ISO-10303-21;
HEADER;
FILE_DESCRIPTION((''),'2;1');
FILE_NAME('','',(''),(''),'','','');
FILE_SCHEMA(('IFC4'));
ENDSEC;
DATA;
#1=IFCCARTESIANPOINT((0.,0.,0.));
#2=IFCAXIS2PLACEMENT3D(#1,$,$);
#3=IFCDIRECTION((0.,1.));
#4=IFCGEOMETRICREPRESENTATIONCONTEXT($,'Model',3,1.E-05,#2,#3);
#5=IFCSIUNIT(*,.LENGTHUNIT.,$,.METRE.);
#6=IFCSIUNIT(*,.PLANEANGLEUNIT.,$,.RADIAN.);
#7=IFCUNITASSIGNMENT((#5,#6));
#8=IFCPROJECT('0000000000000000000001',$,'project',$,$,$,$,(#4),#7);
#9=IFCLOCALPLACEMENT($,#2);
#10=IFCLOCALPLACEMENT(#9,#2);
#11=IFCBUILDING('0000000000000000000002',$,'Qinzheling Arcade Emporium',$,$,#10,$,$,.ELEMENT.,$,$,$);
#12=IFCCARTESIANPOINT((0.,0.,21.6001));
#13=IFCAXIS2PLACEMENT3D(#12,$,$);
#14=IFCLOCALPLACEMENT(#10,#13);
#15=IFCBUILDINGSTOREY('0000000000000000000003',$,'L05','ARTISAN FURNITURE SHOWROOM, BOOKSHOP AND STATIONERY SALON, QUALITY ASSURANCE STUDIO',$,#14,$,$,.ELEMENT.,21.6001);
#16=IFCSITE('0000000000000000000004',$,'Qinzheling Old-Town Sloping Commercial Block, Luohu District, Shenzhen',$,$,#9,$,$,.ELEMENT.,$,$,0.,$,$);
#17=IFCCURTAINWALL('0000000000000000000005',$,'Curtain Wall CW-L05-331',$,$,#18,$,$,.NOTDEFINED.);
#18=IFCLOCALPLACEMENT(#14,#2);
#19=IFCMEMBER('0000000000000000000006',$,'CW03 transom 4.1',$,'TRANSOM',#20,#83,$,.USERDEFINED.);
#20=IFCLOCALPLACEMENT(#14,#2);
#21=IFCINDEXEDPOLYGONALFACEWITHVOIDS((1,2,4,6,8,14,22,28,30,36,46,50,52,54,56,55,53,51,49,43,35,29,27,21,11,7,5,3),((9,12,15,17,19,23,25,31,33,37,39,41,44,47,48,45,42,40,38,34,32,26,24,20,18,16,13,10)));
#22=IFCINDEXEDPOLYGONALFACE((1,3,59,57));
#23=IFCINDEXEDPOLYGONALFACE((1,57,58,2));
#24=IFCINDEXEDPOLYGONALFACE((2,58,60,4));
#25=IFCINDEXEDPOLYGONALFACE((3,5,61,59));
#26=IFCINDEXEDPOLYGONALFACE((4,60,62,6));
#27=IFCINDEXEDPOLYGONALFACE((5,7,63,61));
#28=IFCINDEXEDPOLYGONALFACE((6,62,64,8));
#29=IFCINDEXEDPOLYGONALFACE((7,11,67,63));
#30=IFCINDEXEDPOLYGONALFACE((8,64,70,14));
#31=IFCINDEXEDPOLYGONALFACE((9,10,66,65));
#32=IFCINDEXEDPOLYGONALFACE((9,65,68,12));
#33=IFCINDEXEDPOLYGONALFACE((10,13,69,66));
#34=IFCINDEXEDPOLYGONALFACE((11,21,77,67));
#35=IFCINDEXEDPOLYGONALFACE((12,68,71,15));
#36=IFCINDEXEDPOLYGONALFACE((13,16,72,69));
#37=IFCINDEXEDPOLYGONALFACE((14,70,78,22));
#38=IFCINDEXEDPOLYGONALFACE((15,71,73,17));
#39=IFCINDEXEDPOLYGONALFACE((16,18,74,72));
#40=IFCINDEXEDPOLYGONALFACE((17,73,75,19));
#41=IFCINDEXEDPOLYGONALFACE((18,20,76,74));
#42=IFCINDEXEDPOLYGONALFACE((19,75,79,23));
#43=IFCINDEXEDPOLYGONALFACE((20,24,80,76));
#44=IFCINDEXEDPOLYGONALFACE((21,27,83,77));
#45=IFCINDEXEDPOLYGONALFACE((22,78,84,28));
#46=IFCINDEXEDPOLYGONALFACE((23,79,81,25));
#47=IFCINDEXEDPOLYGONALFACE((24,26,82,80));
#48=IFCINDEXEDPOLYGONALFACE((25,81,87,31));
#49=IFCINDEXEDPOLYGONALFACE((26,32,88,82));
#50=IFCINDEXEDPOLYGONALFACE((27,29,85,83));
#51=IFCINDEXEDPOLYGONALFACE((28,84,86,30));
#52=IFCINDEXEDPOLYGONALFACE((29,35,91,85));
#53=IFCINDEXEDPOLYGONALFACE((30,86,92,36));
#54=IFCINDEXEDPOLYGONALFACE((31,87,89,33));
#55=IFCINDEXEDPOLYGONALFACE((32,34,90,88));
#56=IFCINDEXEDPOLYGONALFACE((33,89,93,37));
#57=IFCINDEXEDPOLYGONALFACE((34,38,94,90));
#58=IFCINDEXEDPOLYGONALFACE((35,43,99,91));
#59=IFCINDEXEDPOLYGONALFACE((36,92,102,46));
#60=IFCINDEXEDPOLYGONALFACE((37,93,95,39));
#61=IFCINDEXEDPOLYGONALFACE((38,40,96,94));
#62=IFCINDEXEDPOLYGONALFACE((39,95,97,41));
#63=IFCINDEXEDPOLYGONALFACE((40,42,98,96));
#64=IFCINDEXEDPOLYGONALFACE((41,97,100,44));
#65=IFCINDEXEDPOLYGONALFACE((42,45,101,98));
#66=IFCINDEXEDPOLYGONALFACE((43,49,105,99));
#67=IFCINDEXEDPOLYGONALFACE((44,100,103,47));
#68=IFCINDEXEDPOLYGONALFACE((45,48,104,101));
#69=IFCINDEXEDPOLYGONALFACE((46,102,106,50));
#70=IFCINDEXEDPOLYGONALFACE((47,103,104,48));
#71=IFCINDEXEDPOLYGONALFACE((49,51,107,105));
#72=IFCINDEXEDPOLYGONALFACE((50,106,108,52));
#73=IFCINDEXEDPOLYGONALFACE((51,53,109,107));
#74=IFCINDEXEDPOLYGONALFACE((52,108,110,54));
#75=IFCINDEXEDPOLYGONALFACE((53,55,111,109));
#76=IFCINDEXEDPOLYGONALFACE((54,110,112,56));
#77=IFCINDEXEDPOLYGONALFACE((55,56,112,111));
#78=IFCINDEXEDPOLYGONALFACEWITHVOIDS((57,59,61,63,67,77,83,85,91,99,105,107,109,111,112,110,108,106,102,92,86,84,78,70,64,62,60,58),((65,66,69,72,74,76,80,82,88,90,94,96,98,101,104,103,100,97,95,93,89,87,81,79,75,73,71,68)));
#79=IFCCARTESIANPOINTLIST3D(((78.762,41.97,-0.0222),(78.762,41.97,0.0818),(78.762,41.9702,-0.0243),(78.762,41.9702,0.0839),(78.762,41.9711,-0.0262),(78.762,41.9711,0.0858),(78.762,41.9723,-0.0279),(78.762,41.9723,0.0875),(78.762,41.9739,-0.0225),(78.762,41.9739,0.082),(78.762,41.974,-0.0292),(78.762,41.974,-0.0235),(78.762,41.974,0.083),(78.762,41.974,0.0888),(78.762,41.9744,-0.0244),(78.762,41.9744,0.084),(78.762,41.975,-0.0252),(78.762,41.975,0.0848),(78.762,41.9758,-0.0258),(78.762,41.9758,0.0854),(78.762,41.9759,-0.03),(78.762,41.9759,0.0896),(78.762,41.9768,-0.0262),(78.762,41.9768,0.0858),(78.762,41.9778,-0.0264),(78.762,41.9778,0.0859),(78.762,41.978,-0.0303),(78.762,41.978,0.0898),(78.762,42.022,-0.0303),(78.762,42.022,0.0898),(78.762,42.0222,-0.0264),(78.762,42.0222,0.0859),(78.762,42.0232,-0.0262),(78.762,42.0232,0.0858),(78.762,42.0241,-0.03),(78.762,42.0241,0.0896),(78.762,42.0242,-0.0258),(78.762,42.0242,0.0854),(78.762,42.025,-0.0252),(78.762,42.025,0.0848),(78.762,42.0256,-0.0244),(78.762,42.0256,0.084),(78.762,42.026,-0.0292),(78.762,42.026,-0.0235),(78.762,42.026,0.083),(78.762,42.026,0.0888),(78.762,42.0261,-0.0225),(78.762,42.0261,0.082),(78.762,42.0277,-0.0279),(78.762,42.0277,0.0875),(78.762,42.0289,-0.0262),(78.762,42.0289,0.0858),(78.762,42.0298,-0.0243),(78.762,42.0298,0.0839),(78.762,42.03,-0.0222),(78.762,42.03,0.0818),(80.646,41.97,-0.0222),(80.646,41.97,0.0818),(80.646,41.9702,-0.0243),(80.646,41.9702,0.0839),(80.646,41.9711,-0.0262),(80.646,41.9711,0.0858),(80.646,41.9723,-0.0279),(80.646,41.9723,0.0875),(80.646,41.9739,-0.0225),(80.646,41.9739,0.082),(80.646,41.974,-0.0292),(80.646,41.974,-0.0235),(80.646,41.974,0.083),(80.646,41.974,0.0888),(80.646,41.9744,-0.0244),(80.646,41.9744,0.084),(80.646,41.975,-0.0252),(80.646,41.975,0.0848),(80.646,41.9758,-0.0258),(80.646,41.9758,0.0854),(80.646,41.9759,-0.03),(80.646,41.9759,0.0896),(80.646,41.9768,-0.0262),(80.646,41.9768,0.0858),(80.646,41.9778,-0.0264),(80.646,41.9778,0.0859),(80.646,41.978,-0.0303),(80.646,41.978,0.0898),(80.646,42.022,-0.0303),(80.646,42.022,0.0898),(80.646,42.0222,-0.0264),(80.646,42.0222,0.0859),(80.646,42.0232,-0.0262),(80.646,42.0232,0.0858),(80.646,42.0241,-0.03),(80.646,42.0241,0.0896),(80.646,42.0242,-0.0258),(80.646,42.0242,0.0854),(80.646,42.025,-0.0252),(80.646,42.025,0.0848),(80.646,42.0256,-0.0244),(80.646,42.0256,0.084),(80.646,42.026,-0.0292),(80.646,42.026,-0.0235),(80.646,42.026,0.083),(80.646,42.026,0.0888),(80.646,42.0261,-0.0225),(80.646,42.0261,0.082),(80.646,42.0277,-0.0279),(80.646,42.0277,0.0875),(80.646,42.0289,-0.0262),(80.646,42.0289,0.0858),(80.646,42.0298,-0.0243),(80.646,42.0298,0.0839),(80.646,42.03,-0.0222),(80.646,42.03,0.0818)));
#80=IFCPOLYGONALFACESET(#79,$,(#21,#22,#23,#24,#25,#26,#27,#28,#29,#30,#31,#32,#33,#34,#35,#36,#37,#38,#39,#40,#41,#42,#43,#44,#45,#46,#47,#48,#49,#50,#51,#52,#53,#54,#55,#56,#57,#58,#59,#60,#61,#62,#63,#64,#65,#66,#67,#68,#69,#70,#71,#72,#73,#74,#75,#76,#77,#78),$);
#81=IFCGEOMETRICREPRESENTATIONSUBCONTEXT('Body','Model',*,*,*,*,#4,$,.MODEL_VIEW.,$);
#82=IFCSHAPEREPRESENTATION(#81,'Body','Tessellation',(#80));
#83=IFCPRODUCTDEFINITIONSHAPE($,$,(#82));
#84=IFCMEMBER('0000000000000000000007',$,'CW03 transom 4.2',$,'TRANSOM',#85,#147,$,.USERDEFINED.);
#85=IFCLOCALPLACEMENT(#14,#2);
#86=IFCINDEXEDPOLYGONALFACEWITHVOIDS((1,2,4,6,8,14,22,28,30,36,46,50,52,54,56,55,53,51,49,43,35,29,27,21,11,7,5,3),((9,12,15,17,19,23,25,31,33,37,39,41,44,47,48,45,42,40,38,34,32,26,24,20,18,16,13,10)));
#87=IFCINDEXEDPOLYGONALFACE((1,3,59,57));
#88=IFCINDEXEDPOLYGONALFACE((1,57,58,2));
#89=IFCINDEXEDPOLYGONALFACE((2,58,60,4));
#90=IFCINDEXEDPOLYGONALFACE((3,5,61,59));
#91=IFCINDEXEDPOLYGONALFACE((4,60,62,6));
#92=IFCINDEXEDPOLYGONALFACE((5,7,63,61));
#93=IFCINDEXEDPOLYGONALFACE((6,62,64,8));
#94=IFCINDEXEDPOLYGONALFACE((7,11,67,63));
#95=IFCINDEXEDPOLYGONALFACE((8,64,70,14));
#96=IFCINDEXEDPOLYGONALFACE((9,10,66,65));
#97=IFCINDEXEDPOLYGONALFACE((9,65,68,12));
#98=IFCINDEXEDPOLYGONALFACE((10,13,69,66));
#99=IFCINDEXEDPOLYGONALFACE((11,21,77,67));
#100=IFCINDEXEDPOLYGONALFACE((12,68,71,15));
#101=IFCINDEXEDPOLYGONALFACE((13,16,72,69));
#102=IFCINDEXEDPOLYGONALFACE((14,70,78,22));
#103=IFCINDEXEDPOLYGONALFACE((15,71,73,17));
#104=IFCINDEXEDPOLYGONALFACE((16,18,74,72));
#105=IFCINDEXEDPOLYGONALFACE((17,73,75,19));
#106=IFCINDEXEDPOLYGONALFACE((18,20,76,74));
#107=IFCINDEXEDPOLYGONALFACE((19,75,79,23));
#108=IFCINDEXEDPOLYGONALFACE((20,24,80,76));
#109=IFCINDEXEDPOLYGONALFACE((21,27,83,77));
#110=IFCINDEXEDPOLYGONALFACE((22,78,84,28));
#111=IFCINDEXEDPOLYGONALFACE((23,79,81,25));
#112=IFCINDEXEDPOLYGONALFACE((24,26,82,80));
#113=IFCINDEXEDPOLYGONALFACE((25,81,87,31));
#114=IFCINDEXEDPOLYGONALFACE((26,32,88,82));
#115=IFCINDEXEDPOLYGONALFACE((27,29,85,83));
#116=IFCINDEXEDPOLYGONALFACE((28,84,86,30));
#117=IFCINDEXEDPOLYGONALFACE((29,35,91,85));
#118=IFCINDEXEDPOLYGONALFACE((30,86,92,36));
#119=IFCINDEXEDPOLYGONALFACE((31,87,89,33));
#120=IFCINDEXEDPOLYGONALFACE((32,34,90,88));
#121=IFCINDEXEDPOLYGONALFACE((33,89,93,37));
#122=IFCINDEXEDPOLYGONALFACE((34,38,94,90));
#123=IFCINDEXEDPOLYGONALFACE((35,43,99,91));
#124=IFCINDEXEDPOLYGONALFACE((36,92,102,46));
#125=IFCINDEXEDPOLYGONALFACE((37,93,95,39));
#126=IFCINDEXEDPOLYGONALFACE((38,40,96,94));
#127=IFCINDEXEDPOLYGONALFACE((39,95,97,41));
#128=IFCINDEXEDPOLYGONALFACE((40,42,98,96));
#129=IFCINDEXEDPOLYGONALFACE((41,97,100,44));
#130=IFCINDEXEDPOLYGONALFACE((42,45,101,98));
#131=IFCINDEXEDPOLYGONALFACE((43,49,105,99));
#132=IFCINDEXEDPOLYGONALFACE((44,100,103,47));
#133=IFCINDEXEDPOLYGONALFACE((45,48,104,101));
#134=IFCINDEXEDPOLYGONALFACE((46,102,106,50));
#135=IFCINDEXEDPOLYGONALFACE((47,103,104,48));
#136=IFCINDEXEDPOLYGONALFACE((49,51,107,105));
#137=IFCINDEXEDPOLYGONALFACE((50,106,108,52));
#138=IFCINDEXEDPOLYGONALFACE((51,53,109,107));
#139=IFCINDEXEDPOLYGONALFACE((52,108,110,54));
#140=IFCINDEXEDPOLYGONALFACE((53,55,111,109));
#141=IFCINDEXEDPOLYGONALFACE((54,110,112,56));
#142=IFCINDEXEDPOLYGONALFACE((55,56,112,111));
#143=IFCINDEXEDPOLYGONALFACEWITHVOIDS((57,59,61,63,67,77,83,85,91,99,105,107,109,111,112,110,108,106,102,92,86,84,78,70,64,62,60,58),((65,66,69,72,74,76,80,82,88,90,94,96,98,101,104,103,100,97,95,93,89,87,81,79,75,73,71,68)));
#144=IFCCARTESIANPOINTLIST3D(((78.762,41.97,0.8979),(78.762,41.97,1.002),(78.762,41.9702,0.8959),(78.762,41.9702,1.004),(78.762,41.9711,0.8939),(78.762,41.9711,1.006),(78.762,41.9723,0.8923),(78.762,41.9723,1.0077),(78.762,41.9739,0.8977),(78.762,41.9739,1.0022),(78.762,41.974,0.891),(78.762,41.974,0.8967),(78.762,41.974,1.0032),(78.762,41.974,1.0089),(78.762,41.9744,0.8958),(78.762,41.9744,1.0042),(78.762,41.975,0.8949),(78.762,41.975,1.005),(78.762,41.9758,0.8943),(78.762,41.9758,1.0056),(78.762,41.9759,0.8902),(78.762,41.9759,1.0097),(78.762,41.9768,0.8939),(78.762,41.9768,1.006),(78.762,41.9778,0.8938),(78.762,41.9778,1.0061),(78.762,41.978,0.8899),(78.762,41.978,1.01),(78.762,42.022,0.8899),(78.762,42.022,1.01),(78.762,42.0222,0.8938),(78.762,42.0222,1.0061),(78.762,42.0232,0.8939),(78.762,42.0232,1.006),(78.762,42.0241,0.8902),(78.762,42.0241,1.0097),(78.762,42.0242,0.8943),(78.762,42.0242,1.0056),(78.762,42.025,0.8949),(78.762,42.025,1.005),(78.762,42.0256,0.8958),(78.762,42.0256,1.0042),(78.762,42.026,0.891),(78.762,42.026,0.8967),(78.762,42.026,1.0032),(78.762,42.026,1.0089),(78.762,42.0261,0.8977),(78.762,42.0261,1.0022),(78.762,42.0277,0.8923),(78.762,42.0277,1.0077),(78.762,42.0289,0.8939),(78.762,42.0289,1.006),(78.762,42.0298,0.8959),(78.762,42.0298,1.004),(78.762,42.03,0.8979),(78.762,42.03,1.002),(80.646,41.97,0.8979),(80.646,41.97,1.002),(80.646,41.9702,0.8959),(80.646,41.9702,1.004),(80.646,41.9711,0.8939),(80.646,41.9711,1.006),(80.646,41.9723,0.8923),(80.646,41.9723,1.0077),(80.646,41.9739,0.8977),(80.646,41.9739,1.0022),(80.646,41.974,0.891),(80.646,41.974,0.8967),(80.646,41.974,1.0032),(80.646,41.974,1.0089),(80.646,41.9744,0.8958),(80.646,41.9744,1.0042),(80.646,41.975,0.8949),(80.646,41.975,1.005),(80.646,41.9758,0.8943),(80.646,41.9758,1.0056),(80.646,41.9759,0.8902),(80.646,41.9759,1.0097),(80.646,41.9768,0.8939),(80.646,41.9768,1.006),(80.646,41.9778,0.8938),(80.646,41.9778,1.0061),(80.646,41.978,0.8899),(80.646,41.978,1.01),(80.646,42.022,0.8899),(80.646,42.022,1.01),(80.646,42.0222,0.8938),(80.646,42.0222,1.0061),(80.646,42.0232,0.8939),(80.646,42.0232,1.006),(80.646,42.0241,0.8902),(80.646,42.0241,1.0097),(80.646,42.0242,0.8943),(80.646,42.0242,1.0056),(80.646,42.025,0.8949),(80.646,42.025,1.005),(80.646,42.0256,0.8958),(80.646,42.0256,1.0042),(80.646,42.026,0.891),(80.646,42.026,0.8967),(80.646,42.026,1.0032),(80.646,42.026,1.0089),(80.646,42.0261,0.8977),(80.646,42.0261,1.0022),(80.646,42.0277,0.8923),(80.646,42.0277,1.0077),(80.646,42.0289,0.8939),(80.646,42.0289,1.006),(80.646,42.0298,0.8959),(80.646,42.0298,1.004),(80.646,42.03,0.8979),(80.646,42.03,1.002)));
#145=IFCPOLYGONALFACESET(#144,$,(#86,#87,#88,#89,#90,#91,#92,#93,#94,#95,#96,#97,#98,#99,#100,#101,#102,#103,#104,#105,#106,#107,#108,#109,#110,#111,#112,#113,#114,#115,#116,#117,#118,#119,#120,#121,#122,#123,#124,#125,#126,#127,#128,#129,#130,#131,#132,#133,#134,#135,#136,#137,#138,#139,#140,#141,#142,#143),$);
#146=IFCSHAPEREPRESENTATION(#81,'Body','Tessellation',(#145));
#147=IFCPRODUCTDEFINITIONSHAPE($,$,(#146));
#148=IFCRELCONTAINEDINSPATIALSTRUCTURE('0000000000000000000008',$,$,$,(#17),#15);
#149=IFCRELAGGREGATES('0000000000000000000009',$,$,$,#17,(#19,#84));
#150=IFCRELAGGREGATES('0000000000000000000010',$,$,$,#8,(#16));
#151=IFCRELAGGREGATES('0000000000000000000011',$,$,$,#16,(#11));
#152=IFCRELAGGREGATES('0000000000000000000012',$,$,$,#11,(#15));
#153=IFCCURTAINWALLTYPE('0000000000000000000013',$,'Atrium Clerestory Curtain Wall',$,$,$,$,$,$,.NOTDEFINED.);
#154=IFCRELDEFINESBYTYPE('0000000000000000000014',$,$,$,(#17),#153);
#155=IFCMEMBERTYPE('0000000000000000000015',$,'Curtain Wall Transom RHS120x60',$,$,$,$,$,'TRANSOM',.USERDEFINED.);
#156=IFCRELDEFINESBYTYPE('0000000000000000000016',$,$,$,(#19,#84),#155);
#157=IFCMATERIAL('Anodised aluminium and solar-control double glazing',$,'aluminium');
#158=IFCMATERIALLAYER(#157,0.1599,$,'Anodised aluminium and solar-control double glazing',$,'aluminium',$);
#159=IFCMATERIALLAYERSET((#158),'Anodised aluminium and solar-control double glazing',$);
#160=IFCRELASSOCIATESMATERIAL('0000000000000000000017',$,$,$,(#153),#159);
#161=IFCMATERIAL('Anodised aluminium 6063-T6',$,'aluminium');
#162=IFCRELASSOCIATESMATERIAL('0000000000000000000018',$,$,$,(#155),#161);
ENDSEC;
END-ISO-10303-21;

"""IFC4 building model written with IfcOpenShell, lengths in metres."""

from ifc_helpers import new_model, si_unit, direction, frame, origin, origin_2d, place, context, subcontext, project, spatial, hollow_rectangle, extrude, material, layer, layer_set, material_profile, profile_set, type_object, element, aggregate, save


model = new_model("IFC4")

# Units and contexts
model_context = context("Model", 3, precision=1e-05, world=origin(), true_north=direction((0.0, 1.0)))
body_context = subcontext(model_context, "Body", "Model", "MODEL_VIEW")
ifc_project = project(units=[si_unit("LENGTHUNIT", "METRE"), si_unit("PLANEANGLEUNIT", "RADIAN")], contexts=[model_context])

# Site, building, storey
site_placement = place(None, origin())
site = spatial("IfcSite", under=ifc_project, at=site_placement, Name="Qinzheling Old-Town Sloping Commercial Block, Luohu District, Shenzhen", CompositionType="ELEMENT", RefElevation=0.0)
building_placement = place(site_placement, origin())
building = spatial("IfcBuilding", under=site, at=building_placement, Name="Qinzheling Arcade Emporium", CompositionType="ELEMENT")
storey_placement = place(building_placement, frame((0.0, 0.0, 21.6001)))
storey = spatial("IfcBuildingStorey", under=building, at=storey_placement, Name="L05", Description="ARTISAN FURNITURE SHOWROOM, BOOKSHOP AND STATIONERY SALON, QUALITY ASSURANCE STUDIO", CompositionType="ELEMENT", Elevation=21.6001)

# Curtain wall
ifc_material_1 = material(Name="Anodised aluminium and solar-control double glazing", Category="aluminium")
ifc_layer_1 = layer(ifc_material_1, 0.1599, Name="Anodised aluminium and solar-control double glazing", Category="aluminium")
ifc_layer_set_1 = layer_set([ifc_layer_1], Name="Anodised aluminium and solar-control double glazing")
curtain_wall_type = type_object("IfcCurtainWallType", Name="Atrium Clerestory Curtain Wall", PredefinedType="NOTDEFINED", material=ifc_layer_set_1)
curtain_wall_1_placement = place(storey_placement, origin())
curtain_wall_1 = element("IfcCurtainWall", 1, at=curtain_wall_1_placement, inside=storey, type_object=curtain_wall_type, Name="Curtain Wall CW-L05-331", PredefinedType="NOTDEFINED")
ifc_material_2 = material(Name="Anodised aluminium 6063-T6", Category="aluminium")

# Members
ifc_material_profile_1 = material_profile(ifc_material_2, hollow_rectangle(XDim=0.0601, YDim=0.1201, WallThickness=0.0039, InnerFilletRadius=0.0039, OuterFilletRadius=0.0081, at=origin_2d()), Name="RHS 120x60x4", Category="aluminium")
ifc_profile_set_1 = profile_set([ifc_material_profile_1], Name="Anodised aluminium 6063-T6")
member_type_1 = type_object("IfcMemberType", Name="Curtain Wall Transom RHS120x60", ElementType="TRANSOM", PredefinedType="USERDEFINED", material=ifc_profile_set_1)
member_1_placement = place(storey_placement, frame((80.646, 42.0, 0.0298), z_axis=(-1.0, 0.0, 0.0), x_axis=(0.0, -1.0, 0.0)))
member_1 = element("IfcMember", 2, at=member_1_placement, type_object=member_type_1, Name="CW03 transom 4.1", ObjectType="TRANSOM", PredefinedType="USERDEFINED", context=body_context, shape_type="SweptSolid", body=[
    extrude(hollow_rectangle(XDim=0.0601, YDim=0.1201, WallThickness=0.0039, InnerFilletRadius=0.0039, OuterFilletRadius=0.0081, at=origin_2d()), origin(), (0.0, 0.0, 1.0), 1.884),
])
member_2_placement = place(storey_placement, frame((80.646, 42.0, 0.95), z_axis=(-1.0, 0.0, 0.0), x_axis=(0.0, -1.0, 0.0)))
member_2 = element("IfcMember", 3, at=member_2_placement, type_object=member_type_1, Name="CW03 transom 4.2", ObjectType="TRANSOM", PredefinedType="USERDEFINED", context=body_context, shape_type="SweptSolid", body=[
    extrude(hollow_rectangle(XDim=0.0601, YDim=0.1201, WallThickness=0.0039, InnerFilletRadius=0.0039, OuterFilletRadius=0.0081, at=origin_2d()), origin(), (0.0, 0.0, 1.0), 1.884),
])

aggregate(curtain_wall_1, [member_1, member_2])

save(model, "model.ifc")
